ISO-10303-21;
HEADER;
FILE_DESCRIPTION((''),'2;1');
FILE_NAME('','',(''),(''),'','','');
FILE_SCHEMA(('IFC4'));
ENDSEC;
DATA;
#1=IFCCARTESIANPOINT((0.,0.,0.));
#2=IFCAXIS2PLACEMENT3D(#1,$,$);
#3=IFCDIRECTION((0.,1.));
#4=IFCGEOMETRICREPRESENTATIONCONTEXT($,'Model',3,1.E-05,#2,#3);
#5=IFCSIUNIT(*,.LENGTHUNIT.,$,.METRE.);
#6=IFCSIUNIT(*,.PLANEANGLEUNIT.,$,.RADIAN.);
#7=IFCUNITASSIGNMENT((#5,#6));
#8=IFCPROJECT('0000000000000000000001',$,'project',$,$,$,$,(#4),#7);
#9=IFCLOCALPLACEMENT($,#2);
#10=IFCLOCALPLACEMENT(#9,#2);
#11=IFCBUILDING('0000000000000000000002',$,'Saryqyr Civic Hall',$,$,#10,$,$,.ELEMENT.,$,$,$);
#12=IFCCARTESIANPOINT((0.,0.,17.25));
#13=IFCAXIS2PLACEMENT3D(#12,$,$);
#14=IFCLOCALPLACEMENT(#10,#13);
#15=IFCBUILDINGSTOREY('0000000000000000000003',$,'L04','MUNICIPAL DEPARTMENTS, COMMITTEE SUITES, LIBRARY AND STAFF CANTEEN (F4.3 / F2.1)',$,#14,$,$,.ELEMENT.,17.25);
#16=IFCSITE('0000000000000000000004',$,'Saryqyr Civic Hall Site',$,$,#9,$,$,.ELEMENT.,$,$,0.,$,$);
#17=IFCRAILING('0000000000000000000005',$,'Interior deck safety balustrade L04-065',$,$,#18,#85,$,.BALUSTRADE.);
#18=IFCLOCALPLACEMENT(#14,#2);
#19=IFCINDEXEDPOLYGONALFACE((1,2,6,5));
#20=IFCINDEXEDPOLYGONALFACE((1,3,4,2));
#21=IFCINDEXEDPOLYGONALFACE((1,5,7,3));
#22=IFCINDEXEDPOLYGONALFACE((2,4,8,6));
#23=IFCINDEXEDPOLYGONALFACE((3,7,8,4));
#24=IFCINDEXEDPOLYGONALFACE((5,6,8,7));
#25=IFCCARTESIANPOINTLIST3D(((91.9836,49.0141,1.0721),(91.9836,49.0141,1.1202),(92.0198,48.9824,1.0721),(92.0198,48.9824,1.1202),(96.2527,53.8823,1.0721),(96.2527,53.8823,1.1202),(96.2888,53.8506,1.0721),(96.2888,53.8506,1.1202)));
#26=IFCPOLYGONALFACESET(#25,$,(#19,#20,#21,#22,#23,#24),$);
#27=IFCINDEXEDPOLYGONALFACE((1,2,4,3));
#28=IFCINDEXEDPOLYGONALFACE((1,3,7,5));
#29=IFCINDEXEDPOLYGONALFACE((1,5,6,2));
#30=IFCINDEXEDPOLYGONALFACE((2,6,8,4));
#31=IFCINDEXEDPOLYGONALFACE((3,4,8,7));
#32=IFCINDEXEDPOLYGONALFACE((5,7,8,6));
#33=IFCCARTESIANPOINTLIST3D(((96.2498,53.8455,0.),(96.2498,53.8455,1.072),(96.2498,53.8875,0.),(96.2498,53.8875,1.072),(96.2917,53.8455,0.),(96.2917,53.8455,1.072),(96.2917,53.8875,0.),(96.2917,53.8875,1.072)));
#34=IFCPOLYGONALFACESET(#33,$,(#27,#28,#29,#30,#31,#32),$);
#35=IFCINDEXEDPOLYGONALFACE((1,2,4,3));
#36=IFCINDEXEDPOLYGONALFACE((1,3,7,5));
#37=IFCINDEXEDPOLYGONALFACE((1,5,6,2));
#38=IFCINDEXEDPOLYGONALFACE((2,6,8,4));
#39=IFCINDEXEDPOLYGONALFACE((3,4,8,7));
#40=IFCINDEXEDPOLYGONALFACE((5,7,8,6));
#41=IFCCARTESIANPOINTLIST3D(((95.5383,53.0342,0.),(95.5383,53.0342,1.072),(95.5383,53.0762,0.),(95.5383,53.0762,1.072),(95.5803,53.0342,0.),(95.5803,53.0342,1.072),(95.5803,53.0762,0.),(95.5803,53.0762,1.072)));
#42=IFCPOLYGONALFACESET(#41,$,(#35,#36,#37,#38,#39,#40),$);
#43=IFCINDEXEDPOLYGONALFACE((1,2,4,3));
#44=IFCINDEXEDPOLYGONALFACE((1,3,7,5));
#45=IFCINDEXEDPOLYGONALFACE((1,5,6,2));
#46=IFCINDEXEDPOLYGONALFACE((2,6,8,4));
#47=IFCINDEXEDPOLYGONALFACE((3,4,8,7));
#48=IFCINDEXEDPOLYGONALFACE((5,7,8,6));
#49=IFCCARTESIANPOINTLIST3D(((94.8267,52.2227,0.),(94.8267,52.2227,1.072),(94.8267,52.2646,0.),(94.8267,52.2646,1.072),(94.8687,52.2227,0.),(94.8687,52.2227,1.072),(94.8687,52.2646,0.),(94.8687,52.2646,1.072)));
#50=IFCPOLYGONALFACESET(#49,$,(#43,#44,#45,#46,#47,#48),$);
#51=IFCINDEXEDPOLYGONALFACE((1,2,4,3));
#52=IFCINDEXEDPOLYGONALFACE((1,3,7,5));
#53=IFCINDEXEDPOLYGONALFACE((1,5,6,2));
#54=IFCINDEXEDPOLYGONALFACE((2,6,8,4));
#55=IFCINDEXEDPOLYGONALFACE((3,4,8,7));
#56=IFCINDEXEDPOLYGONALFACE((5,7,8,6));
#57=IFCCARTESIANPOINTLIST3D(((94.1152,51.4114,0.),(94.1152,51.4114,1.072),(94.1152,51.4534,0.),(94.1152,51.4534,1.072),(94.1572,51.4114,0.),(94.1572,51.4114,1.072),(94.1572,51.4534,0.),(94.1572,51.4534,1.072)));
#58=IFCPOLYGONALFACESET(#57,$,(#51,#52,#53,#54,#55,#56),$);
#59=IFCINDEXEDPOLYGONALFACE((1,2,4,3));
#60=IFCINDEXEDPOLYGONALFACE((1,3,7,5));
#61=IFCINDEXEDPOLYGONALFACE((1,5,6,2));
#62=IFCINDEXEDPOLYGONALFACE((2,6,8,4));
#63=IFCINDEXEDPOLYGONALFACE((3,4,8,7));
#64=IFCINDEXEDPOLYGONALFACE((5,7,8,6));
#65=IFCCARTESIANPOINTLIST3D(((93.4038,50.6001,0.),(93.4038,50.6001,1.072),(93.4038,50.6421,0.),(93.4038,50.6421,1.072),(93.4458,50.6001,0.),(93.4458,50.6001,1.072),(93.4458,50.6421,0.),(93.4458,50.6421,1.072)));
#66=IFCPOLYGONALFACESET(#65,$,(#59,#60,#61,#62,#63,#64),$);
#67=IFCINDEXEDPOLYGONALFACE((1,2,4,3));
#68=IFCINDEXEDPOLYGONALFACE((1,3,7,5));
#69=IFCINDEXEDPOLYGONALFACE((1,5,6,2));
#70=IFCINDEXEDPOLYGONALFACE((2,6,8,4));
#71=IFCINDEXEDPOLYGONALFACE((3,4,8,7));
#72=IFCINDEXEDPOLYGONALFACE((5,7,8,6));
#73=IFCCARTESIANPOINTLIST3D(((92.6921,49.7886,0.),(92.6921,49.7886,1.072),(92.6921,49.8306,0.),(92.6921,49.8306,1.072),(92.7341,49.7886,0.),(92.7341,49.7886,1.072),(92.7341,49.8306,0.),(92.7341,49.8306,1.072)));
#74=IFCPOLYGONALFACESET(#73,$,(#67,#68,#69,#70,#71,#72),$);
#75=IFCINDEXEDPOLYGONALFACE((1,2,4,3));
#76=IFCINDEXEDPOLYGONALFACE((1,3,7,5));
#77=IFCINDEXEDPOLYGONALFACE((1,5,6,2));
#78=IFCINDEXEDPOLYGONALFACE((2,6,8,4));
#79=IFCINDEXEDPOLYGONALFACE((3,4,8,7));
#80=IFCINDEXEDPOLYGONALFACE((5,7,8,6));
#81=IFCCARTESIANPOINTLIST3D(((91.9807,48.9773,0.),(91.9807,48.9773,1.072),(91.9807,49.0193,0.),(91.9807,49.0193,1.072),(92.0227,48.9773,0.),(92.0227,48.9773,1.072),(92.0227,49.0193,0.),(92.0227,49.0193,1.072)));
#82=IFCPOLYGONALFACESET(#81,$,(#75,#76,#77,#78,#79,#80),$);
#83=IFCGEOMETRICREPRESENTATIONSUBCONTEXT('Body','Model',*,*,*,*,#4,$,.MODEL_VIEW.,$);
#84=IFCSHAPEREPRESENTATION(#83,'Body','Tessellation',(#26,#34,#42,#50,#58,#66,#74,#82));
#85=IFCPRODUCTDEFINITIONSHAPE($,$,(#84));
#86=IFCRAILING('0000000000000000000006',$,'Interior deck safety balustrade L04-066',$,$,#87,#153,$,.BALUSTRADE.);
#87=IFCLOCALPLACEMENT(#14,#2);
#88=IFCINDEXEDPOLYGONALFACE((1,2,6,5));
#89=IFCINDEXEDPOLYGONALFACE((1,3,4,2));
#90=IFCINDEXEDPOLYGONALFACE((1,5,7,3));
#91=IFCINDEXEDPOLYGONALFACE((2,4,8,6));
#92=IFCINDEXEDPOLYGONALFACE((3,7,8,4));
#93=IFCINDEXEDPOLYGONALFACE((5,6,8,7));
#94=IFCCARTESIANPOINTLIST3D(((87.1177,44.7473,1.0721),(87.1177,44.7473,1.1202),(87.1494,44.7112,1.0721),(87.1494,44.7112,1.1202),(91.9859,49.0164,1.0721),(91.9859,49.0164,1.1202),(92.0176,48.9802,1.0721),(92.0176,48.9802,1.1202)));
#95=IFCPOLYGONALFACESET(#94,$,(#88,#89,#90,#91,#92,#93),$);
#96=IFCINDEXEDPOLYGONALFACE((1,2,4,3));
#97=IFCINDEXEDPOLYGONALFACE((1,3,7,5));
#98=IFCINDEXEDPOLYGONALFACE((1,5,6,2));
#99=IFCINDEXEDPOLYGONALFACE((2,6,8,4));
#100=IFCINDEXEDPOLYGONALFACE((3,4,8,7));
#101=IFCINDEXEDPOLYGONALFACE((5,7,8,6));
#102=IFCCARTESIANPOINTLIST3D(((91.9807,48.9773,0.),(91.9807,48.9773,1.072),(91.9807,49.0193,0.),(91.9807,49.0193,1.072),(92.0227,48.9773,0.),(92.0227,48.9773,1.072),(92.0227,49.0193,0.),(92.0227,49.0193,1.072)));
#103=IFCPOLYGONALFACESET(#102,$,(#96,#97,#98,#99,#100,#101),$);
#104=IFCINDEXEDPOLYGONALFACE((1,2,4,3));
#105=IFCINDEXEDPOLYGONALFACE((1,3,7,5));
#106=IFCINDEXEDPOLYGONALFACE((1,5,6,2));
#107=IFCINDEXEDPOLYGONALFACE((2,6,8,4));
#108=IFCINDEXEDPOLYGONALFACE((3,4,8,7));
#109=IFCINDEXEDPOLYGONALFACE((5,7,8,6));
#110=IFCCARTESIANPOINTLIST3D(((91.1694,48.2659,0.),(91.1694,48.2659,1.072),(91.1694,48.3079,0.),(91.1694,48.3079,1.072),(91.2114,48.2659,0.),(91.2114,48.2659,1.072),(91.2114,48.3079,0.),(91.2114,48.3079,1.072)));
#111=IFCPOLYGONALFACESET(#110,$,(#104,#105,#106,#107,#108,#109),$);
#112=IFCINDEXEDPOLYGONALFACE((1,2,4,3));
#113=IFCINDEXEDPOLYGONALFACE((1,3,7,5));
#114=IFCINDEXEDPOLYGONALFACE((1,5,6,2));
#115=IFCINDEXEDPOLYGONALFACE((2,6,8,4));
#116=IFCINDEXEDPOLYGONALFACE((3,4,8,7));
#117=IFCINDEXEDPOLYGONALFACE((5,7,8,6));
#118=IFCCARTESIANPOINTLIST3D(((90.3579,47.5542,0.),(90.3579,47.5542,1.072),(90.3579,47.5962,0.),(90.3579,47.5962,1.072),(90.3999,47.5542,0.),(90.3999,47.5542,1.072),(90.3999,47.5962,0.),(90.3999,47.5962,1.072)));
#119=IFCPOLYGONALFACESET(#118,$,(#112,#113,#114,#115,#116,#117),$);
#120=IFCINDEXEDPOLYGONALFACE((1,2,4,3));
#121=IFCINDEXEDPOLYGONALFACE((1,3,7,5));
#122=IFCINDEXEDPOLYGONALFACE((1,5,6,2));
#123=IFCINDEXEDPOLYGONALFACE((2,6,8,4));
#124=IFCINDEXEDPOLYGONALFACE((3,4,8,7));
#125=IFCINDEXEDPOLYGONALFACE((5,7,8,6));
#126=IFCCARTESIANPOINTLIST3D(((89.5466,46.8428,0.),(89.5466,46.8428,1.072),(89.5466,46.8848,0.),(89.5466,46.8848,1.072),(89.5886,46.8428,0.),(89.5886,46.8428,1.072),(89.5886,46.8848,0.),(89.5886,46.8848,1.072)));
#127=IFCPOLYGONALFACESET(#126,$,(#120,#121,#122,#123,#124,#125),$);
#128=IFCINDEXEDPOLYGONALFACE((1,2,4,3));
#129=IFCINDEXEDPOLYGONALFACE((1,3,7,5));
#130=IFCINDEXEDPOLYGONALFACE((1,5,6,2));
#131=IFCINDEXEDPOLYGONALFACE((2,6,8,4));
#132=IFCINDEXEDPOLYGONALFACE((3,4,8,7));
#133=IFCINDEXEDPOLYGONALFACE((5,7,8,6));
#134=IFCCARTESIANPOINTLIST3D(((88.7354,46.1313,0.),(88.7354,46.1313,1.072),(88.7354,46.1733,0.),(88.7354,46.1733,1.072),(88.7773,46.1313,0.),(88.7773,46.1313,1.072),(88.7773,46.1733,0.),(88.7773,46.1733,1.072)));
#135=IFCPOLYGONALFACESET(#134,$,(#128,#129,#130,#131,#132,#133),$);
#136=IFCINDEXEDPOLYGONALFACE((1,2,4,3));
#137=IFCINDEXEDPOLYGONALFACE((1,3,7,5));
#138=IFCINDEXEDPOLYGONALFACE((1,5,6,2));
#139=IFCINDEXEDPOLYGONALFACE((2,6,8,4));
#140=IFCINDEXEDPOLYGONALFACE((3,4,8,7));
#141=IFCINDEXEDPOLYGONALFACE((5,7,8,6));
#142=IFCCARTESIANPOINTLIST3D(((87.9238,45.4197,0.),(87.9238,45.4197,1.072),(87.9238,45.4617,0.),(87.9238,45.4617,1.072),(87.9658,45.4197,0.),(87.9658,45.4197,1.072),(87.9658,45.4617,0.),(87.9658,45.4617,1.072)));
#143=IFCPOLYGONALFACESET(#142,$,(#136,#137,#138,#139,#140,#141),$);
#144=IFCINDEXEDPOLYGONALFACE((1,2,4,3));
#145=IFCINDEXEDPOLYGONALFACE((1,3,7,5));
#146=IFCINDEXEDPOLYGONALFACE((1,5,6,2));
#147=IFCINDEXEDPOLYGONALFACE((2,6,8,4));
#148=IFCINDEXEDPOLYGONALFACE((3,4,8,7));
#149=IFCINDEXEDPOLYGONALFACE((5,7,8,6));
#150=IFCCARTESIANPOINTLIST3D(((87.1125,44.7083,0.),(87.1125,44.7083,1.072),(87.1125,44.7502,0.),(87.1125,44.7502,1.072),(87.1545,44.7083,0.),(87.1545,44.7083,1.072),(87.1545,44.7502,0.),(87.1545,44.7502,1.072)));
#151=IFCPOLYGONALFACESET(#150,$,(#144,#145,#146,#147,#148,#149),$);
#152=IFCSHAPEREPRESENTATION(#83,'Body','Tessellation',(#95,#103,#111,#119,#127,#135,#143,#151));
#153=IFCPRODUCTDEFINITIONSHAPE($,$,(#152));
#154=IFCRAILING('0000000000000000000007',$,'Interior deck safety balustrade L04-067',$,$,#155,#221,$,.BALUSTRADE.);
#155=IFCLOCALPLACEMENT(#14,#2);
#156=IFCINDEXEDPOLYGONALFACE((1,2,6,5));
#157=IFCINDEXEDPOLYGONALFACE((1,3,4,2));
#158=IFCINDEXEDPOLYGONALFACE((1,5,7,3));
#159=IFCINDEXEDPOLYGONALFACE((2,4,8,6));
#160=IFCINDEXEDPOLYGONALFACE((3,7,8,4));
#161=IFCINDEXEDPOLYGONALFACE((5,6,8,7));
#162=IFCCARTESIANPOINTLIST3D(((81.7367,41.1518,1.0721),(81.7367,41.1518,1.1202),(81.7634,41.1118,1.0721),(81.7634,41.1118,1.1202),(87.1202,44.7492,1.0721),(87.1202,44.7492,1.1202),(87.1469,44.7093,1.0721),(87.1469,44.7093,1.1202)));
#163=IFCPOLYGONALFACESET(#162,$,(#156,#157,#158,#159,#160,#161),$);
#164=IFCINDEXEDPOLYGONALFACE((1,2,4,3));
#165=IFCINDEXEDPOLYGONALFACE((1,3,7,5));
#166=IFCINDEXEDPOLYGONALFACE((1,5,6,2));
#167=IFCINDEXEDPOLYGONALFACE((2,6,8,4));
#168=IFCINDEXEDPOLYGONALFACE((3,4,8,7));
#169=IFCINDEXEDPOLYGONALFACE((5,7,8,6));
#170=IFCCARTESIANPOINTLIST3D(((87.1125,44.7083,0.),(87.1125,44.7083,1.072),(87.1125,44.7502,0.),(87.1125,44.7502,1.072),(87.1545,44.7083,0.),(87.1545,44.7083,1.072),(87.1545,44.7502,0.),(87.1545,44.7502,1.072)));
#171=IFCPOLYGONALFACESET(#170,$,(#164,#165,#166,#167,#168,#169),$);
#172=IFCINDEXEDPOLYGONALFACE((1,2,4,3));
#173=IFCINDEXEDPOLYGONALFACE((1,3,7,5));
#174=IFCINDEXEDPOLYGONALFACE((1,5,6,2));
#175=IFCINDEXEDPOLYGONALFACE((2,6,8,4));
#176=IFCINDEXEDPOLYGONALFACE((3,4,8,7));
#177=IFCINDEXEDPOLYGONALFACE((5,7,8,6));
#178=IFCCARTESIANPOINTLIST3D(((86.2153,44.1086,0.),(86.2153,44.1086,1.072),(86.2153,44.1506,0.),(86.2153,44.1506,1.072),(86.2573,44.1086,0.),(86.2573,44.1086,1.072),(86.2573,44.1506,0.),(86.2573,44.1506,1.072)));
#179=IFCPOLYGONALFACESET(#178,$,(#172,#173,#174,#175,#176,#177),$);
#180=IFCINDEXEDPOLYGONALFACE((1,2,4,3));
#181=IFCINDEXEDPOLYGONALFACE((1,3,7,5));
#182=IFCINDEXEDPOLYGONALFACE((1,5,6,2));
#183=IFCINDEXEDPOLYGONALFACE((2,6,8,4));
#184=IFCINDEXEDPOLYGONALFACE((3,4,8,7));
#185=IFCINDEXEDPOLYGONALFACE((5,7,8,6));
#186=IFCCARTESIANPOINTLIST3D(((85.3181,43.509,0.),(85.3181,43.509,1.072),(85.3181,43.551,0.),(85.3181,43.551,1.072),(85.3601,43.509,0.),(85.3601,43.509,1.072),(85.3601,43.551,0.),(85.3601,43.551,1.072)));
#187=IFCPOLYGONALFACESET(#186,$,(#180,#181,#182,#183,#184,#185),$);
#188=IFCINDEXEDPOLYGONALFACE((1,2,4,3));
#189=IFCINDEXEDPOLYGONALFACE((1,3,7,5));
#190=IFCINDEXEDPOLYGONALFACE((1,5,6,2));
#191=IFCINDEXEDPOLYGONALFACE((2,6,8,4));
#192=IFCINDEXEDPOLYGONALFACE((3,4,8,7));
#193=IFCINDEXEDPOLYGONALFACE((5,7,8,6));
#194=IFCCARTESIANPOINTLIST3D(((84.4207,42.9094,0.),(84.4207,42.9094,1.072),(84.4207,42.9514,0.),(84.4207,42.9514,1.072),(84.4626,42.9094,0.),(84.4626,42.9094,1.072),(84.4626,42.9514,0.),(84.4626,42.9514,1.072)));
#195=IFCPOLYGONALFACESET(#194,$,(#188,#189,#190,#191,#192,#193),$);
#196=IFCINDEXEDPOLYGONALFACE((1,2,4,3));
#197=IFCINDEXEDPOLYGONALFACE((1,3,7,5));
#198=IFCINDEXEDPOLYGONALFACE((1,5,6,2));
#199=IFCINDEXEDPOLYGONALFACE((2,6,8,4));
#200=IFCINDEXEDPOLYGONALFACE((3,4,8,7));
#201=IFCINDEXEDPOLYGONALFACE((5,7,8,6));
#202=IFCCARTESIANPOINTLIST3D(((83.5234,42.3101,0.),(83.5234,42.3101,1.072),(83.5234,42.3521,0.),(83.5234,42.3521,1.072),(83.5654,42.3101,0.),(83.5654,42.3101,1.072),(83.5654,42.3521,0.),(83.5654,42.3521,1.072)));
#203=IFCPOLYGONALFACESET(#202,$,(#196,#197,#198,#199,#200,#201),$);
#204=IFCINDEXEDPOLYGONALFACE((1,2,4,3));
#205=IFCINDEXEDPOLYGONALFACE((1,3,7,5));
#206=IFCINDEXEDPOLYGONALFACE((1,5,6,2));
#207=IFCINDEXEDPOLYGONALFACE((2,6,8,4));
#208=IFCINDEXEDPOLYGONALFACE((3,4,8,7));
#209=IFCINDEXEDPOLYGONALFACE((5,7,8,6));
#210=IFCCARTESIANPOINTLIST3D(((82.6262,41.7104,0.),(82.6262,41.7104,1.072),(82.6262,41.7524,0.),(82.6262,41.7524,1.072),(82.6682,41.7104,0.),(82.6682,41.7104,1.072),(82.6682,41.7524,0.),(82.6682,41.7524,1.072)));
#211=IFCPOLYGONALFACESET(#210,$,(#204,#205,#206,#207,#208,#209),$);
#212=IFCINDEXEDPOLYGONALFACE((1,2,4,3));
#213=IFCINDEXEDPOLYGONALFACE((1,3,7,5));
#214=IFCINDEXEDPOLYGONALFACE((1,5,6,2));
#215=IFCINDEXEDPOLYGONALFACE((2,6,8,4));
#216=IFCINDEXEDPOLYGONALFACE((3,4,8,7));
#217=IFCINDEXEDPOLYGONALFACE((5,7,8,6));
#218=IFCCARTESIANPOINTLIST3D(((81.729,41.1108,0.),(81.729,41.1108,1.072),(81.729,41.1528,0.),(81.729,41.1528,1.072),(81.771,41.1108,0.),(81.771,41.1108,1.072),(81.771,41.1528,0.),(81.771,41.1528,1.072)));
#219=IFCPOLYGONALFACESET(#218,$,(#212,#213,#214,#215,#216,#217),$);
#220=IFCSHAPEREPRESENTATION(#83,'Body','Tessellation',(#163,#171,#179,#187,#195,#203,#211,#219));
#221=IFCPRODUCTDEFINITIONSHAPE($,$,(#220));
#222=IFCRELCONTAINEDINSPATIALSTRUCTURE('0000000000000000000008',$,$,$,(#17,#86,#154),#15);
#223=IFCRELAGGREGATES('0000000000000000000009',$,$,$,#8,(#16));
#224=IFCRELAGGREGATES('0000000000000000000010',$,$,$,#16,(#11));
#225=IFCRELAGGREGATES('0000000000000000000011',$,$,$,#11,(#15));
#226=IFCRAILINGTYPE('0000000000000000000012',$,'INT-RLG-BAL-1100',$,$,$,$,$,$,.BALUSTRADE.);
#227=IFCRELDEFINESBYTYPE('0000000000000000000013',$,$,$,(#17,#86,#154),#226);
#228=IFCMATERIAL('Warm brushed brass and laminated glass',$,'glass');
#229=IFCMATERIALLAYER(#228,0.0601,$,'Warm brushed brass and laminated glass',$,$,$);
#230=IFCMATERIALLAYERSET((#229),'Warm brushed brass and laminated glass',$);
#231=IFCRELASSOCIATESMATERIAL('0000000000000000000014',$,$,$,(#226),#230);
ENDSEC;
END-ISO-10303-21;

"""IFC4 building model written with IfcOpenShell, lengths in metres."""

from ifc_helpers import new_model, si_unit, direction, frame, origin, origin_2d, place, context, subcontext, project, spatial, rectangle, extrude, material, layer, layer_set, type_object, element, save


model = new_model("IFC4")

# Units and contexts
model_context = context("Model", 3, precision=1e-05, world=origin(), true_north=direction((0.0, 1.0)))
body_context = subcontext(model_context, "Body", "Model", "MODEL_VIEW")
ifc_project = project(units=[si_unit("LENGTHUNIT", "METRE"), si_unit("PLANEANGLEUNIT", "RADIAN")], contexts=[model_context])

# Site, building, storey
site_placement = place(None, origin())
site = spatial("IfcSite", under=ifc_project, at=site_placement, Name="Saryqyr Civic Hall Site", CompositionType="ELEMENT", RefElevation=0.0)
building_placement = place(site_placement, origin())
building = spatial("IfcBuilding", under=site, at=building_placement, Name="Saryqyr Civic Hall", CompositionType="ELEMENT")
storey_placement = place(building_placement, frame((0.0, 0.0, 17.25)))
storey = spatial("IfcBuildingStorey", under=building, at=storey_placement, Name="L04", Description="MUNICIPAL DEPARTMENTS, COMMITTEE SUITES, LIBRARY AND STAFF CANTEEN (F4.3 / F2.1)", CompositionType="ELEMENT", Elevation=17.25)

# Railings
ifc_material_1 = material(Name="Warm brushed brass and laminated glass", Category="glass")
ifc_layer_1 = layer(ifc_material_1, 0.0601, Name="Warm brushed brass and laminated glass")
ifc_layer_set_1 = layer_set([ifc_layer_1], Name="Warm brushed brass and laminated glass")
railing_type = type_object("IfcRailingType", Name="INT-RLG-BAL-1100", PredefinedType="BALUSTRADE", material=ifc_layer_set_1)
railing_1_placement = place(storey_placement, frame((96.2708, 53.8665, 0.0)))
element("IfcRailing", 1, at=railing_1_placement, inside=storey, type_object=railing_type, Name="Interior deck safety balustrade L04-065", PredefinedType="BALUSTRADE", context=body_context, shape_type="SweptSolid", body=[
    extrude(rectangle(XDim=0.0481, YDim=0.0481, at=origin_2d()), frame((0.0, 0.0, 1.0962), z_axis=(-0.659326, -0.751857, 0.0), x_axis=(0.751857, -0.659326, 0.0)), (0.0, 0.0, 1.0), 6.4749),
    extrude(rectangle(XDim=0.042, YDim=0.042, at=origin_2d()), origin(), (0.0, 0.0, 1.0), 1.072),
    extrude(rectangle(XDim=0.042, YDim=0.042, at=origin_2d()), frame((-0.7114, -0.8113, 0.0)), (0.0, 0.0, 1.0), 1.072),
    extrude(rectangle(XDim=0.042, YDim=0.042, at=origin_2d()), frame((-1.4231, -1.6228, 0.0)), (0.0, 0.0, 1.0), 1.072),
    extrude(rectangle(XDim=0.042, YDim=0.042, at=origin_2d()), frame((-2.1345, -2.4341, 0.0)), (0.0, 0.0, 1.0), 1.072),
    extrude(rectangle(XDim=0.042, YDim=0.042, at=origin_2d()), frame((-2.8459, -3.2454, 0.0)), (0.0, 0.0, 1.0), 1.072),
    extrude(rectangle(XDim=0.042, YDim=0.042, at=origin_2d()), frame((-3.5576, -4.0569, 0.0)), (0.0, 0.0, 1.0), 1.072),
    extrude(rectangle(XDim=0.042, YDim=0.042, at=origin_2d()), frame((-4.269, -4.8682, 0.0)), (0.0, 0.0, 1.0), 1.072),
])
railing_2_placement = place(storey_placement, frame((92.0017, 48.9983, 0.0)))
element("IfcRailing", 2, at=railing_2_placement, inside=storey, type_object=railing_type, Name="Interior deck safety balustrade L04-066", PredefinedType="BALUSTRADE", context=body_context, shape_type="SweptSolid", body=[
    extrude(rectangle(XDim=0.0481, YDim=0.0481, at=origin_2d()), frame((0.0, 0.0, 1.0962), z_axis=(-0.751857, -0.659326, 0.0), x_axis=(0.659326, -0.751857, 0.0)), (0.0, 0.0, 1.0), 6.4749),
    extrude(rectangle(XDim=0.042, YDim=0.042, at=origin_2d()), origin(), (0.0, 0.0, 1.0), 1.072),
    extrude(rectangle(XDim=0.042, YDim=0.042, at=origin_2d()), frame((-0.8113, -0.7114, 0.0)), (0.0, 0.0, 1.0), 1.072),
    extrude(rectangle(XDim=0.042, YDim=0.042, at=origin_2d()), frame((-1.6228, -1.4231, 0.0)), (0.0, 0.0, 1.0), 1.072),
    extrude(rectangle(XDim=0.042, YDim=0.042, at=origin_2d()), frame((-2.4341, -2.1345, 0.0)), (0.0, 0.0, 1.0), 1.072),
    extrude(rectangle(XDim=0.042, YDim=0.042, at=origin_2d()), frame((-3.2454, -2.8459, 0.0)), (0.0, 0.0, 1.0), 1.072),
    extrude(rectangle(XDim=0.042, YDim=0.042, at=origin_2d()), frame((-4.0569, -3.5576, 0.0)), (0.0, 0.0, 1.0), 1.072),
    extrude(rectangle(XDim=0.042, YDim=0.042, at=origin_2d()), frame((-4.8682, -4.269, 0.0)), (0.0, 0.0, 1.0), 1.072),
])
railing_3_placement = place(storey_placement, frame((87.1335, 44.7292, 0.0)))
element("IfcRailing", 3, at=railing_3_placement, inside=storey, type_object=railing_type, Name="Interior deck safety balustrade L04-067", PredefinedType="BALUSTRADE", context=body_context, shape_type="SweptSolid", body=[
    extrude(rectangle(XDim=0.0481, YDim=0.0481, at=origin_2d()), frame((0.0, 0.0, 1.0962), z_axis=(-0.831452, -0.555596, 0.0), x_axis=(0.555596, -0.831452, 0.0)), (0.0, 0.0, 1.0), 6.4749),
    extrude(rectangle(XDim=0.042, YDim=0.042, at=origin_2d()), origin(), (0.0, 0.0, 1.0), 1.072),
    extrude(rectangle(XDim=0.042, YDim=0.042, at=origin_2d()), frame((-0.8972, -0.5996, 0.0)), (0.0, 0.0, 1.0), 1.072),
    extrude(rectangle(XDim=0.042, YDim=0.042, at=origin_2d()), frame((-1.7944, -1.1992, 0.0)), (0.0, 0.0, 1.0), 1.072),
    extrude(rectangle(XDim=0.042, YDim=0.042, at=origin_2d()), frame((-2.6919, -1.7988, 0.0)), (0.0, 0.0, 1.0), 1.072),
    extrude(rectangle(XDim=0.042, YDim=0.042, at=origin_2d()), frame((-3.5891, -2.3982, 0.0)), (0.0, 0.0, 1.0), 1.072),
    extrude(rectangle(XDim=0.042, YDim=0.042, at=origin_2d()), frame((-4.4863, -2.9978, 0.0)), (0.0, 0.0, 1.0), 1.072),
    extrude(rectangle(XDim=0.042, YDim=0.042, at=origin_2d()), frame((-5.3835, -3.5974, 0.0)), (0.0, 0.0, 1.0), 1.072),
])

save(model, "model.ifc")
